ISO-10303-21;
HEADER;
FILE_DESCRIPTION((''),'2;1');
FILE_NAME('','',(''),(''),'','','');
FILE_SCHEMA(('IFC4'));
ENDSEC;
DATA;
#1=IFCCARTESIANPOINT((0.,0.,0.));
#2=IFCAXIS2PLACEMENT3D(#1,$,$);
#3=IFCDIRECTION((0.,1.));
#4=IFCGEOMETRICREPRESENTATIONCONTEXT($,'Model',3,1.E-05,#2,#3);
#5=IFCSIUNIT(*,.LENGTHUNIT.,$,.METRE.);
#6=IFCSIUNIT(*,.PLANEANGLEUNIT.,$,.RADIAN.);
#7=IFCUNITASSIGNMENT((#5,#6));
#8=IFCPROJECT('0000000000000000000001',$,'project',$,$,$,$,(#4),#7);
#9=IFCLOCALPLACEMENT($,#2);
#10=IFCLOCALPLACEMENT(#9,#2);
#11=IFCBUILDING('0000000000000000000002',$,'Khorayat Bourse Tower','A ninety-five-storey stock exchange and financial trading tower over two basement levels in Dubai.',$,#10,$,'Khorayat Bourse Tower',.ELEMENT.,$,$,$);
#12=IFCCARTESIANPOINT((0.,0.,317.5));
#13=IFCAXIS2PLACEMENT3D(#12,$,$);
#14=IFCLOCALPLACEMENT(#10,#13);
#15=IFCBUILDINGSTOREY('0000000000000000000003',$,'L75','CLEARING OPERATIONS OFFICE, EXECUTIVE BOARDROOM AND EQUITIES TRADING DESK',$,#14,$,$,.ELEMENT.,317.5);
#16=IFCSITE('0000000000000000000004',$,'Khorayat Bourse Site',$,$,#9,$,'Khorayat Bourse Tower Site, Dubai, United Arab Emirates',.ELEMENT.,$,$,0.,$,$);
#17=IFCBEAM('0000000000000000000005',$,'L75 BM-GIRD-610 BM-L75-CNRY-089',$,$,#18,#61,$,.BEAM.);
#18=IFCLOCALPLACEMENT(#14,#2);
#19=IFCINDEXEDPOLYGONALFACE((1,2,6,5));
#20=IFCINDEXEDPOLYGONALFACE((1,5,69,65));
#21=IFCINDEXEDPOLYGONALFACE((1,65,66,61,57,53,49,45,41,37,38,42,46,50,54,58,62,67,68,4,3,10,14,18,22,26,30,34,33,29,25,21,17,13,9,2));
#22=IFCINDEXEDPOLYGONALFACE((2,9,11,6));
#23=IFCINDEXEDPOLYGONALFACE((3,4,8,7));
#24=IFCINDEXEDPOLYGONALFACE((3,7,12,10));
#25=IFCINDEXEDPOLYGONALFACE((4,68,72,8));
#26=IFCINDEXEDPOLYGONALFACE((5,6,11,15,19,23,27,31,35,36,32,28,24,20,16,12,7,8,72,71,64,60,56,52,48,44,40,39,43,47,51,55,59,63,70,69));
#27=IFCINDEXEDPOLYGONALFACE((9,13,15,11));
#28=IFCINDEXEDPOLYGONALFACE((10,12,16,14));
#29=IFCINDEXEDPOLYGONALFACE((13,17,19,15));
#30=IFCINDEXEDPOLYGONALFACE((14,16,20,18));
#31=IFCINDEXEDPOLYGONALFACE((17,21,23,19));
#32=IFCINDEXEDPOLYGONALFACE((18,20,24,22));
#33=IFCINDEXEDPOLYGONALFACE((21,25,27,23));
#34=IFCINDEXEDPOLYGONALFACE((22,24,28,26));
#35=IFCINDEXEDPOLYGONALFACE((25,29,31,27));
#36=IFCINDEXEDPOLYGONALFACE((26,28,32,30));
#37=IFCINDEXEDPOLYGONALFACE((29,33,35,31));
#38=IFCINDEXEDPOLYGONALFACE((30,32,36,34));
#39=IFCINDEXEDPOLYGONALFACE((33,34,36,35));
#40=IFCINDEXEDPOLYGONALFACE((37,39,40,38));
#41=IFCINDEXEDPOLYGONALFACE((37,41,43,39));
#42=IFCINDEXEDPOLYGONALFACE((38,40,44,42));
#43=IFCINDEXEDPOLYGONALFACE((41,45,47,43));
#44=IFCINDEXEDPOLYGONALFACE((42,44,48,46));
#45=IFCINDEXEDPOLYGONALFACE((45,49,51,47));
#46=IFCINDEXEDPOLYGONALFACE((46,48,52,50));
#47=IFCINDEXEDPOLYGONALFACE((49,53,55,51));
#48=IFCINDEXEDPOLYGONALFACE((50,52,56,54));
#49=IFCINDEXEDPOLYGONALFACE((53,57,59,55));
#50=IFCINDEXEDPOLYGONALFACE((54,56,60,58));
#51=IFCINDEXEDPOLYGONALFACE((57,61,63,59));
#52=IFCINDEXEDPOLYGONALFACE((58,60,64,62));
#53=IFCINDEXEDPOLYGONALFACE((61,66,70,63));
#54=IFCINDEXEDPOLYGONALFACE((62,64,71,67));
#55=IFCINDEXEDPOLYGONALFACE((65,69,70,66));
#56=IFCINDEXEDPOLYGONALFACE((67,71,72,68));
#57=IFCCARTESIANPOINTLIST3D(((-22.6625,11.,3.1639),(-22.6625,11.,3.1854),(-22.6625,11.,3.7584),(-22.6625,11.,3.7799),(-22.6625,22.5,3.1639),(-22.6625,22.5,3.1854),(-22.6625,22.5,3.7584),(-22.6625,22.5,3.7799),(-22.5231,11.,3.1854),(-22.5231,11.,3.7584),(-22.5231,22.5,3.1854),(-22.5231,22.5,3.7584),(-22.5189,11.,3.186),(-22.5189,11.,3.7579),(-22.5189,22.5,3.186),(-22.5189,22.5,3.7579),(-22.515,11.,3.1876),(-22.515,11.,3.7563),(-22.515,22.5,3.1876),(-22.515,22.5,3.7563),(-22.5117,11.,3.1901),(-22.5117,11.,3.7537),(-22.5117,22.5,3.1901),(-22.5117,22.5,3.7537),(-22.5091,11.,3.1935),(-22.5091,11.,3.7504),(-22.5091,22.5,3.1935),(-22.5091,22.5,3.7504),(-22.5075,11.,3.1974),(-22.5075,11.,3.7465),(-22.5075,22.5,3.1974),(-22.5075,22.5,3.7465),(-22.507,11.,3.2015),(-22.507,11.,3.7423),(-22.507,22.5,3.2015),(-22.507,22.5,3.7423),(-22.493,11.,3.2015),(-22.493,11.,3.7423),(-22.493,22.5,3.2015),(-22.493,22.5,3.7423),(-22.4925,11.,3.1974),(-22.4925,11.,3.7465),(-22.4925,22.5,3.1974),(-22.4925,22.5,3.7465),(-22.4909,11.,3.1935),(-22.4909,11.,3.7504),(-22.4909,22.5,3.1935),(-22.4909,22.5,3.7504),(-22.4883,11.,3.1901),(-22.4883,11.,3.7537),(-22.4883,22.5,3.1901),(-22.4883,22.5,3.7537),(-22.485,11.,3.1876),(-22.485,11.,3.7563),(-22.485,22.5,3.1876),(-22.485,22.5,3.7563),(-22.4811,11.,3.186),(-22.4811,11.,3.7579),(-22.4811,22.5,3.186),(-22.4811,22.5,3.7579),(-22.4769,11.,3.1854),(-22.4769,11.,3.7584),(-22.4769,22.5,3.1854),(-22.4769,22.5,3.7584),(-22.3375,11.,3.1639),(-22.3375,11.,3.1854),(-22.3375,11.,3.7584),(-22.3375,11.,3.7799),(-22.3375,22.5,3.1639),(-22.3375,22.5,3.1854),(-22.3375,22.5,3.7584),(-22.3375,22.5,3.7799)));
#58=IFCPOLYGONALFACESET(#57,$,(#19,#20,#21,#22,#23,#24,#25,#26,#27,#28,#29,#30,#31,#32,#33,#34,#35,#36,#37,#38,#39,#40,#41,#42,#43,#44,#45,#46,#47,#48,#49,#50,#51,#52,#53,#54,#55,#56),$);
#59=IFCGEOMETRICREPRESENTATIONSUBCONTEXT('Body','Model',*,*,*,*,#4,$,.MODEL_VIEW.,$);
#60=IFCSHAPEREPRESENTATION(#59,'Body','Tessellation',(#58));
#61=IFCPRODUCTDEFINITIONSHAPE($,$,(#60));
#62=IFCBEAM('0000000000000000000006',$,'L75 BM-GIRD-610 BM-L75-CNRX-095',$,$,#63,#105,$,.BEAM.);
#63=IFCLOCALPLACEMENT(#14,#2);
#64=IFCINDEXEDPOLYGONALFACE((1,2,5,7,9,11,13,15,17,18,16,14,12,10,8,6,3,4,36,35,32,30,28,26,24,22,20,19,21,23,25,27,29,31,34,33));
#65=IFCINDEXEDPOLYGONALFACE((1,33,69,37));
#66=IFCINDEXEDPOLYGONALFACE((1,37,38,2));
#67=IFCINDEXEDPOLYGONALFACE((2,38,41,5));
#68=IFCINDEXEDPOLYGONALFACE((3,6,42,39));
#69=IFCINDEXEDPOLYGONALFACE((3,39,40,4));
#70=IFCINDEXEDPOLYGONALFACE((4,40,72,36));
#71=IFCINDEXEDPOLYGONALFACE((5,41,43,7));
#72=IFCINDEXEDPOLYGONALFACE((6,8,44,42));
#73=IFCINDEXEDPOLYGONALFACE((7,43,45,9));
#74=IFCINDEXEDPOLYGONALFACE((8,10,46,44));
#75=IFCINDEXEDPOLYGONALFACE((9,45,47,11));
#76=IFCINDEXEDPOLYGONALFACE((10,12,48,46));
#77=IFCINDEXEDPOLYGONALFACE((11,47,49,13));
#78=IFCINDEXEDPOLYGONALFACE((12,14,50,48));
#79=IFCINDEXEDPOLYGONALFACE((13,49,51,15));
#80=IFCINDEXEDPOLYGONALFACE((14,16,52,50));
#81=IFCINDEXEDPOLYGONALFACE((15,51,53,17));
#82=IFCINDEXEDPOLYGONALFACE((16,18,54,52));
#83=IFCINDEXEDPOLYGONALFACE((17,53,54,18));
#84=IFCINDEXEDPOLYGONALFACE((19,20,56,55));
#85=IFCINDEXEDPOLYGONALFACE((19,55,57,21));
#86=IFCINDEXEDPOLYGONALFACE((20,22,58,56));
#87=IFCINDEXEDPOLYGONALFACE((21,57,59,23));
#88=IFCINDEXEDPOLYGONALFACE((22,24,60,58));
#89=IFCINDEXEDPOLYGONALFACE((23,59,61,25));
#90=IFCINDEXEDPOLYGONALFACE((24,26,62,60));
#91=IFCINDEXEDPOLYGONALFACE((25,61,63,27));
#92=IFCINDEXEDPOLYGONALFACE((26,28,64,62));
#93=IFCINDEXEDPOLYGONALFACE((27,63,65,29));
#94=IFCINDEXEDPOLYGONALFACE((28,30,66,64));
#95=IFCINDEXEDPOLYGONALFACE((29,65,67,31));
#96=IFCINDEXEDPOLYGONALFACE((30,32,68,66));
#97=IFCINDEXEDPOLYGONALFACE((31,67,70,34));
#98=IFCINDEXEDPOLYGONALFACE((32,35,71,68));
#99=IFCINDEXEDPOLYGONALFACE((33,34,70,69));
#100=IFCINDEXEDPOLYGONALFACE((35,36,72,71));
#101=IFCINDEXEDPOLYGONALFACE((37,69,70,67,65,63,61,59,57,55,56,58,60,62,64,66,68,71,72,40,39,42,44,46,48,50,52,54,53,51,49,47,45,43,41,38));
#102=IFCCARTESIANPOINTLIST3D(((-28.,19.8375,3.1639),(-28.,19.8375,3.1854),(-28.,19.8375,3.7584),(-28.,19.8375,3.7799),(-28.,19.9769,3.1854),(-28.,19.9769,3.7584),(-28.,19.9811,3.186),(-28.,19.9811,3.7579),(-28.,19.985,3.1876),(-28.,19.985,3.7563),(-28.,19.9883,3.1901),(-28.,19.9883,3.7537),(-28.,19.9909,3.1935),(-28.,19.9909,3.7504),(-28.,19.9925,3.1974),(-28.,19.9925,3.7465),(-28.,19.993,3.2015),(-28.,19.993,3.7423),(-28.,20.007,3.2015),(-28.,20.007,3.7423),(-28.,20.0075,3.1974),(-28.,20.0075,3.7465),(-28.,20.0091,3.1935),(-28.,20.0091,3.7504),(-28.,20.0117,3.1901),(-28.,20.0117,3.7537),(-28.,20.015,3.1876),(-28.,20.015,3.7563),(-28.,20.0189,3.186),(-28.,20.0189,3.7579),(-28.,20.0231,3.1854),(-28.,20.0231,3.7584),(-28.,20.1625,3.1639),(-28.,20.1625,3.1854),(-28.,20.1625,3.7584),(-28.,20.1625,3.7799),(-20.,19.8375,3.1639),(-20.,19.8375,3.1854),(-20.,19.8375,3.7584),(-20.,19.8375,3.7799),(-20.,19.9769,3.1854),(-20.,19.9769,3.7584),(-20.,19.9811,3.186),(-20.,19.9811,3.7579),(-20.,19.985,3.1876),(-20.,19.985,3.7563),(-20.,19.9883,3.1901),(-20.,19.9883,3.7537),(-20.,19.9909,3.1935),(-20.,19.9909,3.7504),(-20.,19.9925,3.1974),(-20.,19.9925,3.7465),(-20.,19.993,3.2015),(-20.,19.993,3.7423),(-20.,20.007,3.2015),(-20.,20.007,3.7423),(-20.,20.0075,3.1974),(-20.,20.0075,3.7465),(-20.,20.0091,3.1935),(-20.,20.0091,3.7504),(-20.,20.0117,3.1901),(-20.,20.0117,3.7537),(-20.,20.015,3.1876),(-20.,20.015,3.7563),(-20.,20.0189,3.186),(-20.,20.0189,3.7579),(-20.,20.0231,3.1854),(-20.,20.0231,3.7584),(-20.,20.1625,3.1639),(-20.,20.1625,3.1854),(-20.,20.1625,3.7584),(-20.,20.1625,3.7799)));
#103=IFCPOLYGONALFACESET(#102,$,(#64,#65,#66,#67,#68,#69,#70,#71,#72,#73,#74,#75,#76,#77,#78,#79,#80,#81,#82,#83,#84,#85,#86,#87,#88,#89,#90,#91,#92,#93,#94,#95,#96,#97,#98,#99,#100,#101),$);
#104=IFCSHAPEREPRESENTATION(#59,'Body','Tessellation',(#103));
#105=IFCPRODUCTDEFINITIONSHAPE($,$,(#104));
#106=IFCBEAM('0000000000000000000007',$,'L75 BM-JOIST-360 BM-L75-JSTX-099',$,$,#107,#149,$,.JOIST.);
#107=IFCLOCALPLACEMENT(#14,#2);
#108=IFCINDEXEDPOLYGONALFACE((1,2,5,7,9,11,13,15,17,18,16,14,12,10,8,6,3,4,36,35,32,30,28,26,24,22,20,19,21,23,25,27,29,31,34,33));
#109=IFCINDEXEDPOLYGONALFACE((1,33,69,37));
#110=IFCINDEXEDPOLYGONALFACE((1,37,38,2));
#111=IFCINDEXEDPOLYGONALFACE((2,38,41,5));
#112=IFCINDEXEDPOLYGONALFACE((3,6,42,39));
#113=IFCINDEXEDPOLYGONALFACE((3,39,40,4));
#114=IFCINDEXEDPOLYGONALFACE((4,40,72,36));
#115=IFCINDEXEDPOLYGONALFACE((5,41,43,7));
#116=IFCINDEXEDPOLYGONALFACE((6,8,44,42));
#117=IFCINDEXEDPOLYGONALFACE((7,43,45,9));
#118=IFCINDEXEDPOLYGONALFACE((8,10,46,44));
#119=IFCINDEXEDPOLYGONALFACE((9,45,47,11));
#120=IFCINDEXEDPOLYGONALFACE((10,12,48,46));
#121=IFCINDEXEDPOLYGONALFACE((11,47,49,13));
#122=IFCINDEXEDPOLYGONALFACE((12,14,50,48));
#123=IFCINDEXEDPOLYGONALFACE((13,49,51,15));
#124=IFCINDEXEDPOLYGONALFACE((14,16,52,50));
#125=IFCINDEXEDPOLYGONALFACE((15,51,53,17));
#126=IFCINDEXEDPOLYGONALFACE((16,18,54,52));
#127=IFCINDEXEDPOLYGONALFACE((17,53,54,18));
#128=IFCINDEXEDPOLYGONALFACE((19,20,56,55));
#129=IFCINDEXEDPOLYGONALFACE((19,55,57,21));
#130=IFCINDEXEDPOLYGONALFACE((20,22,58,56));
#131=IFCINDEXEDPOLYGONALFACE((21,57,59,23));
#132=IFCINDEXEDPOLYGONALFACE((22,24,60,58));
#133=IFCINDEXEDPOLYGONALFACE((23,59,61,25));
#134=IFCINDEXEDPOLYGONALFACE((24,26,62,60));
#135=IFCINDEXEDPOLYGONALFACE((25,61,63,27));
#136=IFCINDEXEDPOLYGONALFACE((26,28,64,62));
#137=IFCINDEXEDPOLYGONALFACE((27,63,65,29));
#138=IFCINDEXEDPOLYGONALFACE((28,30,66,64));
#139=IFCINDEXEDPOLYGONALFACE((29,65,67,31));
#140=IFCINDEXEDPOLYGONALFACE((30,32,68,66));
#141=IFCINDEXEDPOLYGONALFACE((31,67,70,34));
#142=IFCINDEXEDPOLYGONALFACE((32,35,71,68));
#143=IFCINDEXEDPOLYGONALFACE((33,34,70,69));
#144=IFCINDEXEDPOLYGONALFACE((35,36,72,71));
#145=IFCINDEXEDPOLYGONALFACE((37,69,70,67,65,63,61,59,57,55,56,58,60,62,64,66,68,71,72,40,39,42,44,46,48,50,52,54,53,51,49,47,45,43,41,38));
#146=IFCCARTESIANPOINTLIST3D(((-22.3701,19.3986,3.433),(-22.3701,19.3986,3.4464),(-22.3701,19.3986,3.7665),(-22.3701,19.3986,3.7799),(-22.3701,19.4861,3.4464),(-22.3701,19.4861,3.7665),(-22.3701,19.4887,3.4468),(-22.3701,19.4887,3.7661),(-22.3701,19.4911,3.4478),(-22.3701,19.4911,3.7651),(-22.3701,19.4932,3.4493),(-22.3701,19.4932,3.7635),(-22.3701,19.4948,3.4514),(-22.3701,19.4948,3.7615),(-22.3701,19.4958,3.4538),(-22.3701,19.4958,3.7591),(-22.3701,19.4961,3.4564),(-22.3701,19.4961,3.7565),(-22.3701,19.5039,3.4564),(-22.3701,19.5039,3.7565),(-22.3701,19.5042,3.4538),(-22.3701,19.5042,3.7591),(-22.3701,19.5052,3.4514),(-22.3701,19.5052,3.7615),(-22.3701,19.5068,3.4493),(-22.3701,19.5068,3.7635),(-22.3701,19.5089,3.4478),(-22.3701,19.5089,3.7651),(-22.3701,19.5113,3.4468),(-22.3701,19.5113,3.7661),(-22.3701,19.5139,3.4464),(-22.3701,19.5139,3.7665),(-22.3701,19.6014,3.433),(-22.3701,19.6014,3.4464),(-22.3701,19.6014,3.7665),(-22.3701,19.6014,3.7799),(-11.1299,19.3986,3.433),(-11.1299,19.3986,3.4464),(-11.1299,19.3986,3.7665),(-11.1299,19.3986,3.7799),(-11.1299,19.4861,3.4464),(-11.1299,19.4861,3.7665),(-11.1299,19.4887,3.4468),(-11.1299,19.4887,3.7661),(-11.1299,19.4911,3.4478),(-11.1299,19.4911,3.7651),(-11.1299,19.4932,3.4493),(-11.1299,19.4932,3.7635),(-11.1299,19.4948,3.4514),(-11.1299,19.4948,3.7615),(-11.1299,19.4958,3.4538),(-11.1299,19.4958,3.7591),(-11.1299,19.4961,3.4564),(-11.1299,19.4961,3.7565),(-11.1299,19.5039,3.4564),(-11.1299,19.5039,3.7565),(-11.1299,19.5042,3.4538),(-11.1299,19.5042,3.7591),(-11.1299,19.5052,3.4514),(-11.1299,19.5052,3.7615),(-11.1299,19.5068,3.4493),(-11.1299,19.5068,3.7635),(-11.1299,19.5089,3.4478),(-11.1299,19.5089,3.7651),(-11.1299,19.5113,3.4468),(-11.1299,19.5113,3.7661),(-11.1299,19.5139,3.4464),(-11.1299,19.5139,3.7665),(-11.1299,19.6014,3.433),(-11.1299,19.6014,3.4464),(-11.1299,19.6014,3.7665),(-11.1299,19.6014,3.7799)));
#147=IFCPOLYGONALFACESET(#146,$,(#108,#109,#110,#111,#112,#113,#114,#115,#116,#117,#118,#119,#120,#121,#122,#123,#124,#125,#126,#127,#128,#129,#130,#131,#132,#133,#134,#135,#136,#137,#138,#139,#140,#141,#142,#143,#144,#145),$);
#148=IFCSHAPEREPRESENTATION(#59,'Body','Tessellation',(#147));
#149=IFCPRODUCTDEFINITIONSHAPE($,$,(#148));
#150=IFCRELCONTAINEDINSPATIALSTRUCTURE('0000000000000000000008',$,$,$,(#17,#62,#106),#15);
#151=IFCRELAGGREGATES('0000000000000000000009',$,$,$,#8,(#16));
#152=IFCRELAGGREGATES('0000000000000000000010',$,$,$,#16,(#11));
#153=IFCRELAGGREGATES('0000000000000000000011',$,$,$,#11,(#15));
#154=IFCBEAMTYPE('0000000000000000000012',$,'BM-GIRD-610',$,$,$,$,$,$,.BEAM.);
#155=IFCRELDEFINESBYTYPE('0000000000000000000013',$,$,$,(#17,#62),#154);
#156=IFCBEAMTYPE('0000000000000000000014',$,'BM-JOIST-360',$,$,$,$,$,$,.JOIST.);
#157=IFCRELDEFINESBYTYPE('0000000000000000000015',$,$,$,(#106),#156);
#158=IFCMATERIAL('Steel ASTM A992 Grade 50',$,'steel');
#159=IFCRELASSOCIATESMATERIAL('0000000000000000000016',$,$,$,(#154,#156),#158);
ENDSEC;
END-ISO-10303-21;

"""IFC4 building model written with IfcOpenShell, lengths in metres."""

from ifc_helpers import new_model, si_unit, direction, frame, origin, origin_2d, place, context, subcontext, project, spatial, i_section, extrude, source, transform, mapped, material, material_profile, profile_set, type_object, element, save


model = new_model("IFC4")

# Units and contexts
model_context = context("Model", 3, precision=1e-05, world=origin(), true_north=direction((0.0, 1.0)))
body_context = subcontext(model_context, "Body", "Model", "MODEL_VIEW")
ifc_project = project(units=[si_unit("LENGTHUNIT", "METRE"), si_unit("PLANEANGLEUNIT", "RADIAN")], contexts=[model_context])

# Site, building, storey
site_placement = place(None, origin())
site = spatial("IfcSite", under=ifc_project, at=site_placement, Name="Khorayat Bourse Site", LongName="Khorayat Bourse Tower Site, Dubai, United Arab Emirates", CompositionType="ELEMENT", RefElevation=0.0)
building_placement = place(site_placement, origin())
building = spatial("IfcBuilding", under=site, at=building_placement, Name="Khorayat Bourse Tower", Description="A ninety-five-storey stock exchange and financial trading tower over two basement levels in Dubai.", LongName="Khorayat Bourse Tower", CompositionType="ELEMENT")
storey_placement = place(building_placement, frame((0.0, 0.0, 317.5)))
storey = spatial("IfcBuildingStorey", under=building, at=storey_placement, Name="L75", Description="CLEARING OPERATIONS OFFICE, EXECUTIVE BOARDROOM AND EQUITIES TRADING DESK", CompositionType="ELEMENT", Elevation=317.5)

# Beams
ifc_material_1 = material(Name="Steel ASTM A992 Grade 50", Category="steel")
ifc_material_profile_1 = material_profile(ifc_material_1, i_section(OverallWidth=0.325, OverallDepth=0.616, WebThickness=0.0139, FlangeThickness=0.0215, FilletRadius=0.0161, at=origin_2d()), Name="W610X174")
ifc_profile_set_1 = profile_set([ifc_material_profile_1], Name="Steel ASTM A992 Grade 50")
beam_type_1 = type_object("IfcBeamType", Name="BM-GIRD-610", PredefinedType="BEAM", material=ifc_profile_set_1)
shared_shape_1 = source(origin(), body_context, "Body", "SweptSolid", [
    extrude(i_section(OverallWidth=0.325, OverallDepth=0.616, WebThickness=0.0139, FlangeThickness=0.0215, FilletRadius=0.0161, at=origin_2d()), origin(), (0.0, 0.0, 1.0), 11.5),
])
beam_1_placement = place(storey_placement, frame((-22.5, 11.0, 3.4719), z_axis=(0.0, 1.0, 0.0), x_axis=(-1.0, 0.0, 0.0)))
element("IfcBeam", 1, at=beam_1_placement, inside=storey, type_object=beam_type_1, Name="L75 BM-GIRD-610 BM-L75-CNRY-089", PredefinedType="BEAM", context=body_context, shape_type="MappedRepresentation", body=[
    mapped(shared_shape_1, transform((0.0, 0.0, 0.0), scale=1.0)),
])
shared_shape_2 = source(origin(), body_context, "Body", "SweptSolid", [
    extrude(i_section(OverallWidth=0.325, OverallDepth=0.616, WebThickness=0.0139, FlangeThickness=0.0215, FilletRadius=0.0161, at=origin_2d()), origin(), (0.0, 0.0, 1.0), 8.0),
])
beam_2_placement = place(storey_placement, frame((-28.0, 20.0, 3.4719), z_axis=(1.0, 0.0, 0.0), x_axis=(0.0, 1.0, 0.0)))
element("IfcBeam", 2, at=beam_2_placement, inside=storey, type_object=beam_type_1, Name="L75 BM-GIRD-610 BM-L75-CNRX-095", PredefinedType="BEAM", context=body_context, shape_type="MappedRepresentation", body=[
    mapped(shared_shape_2, transform((0.0, 0.0, 0.0), scale=1.0)),
])
ifc_material_profile_2 = material_profile(ifc_material_1, i_section(OverallWidth=0.2029, OverallDepth=0.3469, WebThickness=0.0078, FlangeThickness=0.0134, FilletRadius=0.01, at=origin_2d()), Name="W360X64")
ifc_profile_set_2 = profile_set([ifc_material_profile_2], Name="Steel ASTM A992 Grade 50")
beam_type_2 = type_object("IfcBeamType", Name="BM-JOIST-360", PredefinedType="JOIST", material=ifc_profile_set_2)
shared_shape_3 = source(origin(), body_context, "Body", "SweptSolid", [
    extrude(i_section(OverallWidth=0.2029, OverallDepth=0.3469, WebThickness=0.0078, FlangeThickness=0.0134, FilletRadius=0.01, at=origin_2d()), origin(), (0.0, 0.0, 1.0), 11.2402),
])
beam_3_placement = place(storey_placement, frame((-22.3701, 19.5, 3.6064), z_axis=(1.0, 0.0, 0.0), x_axis=(0.0, 1.0, 0.0)))
element("IfcBeam", 3, at=beam_3_placement, inside=storey, type_object=beam_type_2, Name="L75 BM-JOIST-360 BM-L75-JSTX-099", PredefinedType="JOIST", context=body_context, shape_type="MappedRepresentation", body=[
    mapped(shared_shape_3, transform((0.0, 0.0, 0.0), scale=1.0)),
])

save(model, "model.ifc")
